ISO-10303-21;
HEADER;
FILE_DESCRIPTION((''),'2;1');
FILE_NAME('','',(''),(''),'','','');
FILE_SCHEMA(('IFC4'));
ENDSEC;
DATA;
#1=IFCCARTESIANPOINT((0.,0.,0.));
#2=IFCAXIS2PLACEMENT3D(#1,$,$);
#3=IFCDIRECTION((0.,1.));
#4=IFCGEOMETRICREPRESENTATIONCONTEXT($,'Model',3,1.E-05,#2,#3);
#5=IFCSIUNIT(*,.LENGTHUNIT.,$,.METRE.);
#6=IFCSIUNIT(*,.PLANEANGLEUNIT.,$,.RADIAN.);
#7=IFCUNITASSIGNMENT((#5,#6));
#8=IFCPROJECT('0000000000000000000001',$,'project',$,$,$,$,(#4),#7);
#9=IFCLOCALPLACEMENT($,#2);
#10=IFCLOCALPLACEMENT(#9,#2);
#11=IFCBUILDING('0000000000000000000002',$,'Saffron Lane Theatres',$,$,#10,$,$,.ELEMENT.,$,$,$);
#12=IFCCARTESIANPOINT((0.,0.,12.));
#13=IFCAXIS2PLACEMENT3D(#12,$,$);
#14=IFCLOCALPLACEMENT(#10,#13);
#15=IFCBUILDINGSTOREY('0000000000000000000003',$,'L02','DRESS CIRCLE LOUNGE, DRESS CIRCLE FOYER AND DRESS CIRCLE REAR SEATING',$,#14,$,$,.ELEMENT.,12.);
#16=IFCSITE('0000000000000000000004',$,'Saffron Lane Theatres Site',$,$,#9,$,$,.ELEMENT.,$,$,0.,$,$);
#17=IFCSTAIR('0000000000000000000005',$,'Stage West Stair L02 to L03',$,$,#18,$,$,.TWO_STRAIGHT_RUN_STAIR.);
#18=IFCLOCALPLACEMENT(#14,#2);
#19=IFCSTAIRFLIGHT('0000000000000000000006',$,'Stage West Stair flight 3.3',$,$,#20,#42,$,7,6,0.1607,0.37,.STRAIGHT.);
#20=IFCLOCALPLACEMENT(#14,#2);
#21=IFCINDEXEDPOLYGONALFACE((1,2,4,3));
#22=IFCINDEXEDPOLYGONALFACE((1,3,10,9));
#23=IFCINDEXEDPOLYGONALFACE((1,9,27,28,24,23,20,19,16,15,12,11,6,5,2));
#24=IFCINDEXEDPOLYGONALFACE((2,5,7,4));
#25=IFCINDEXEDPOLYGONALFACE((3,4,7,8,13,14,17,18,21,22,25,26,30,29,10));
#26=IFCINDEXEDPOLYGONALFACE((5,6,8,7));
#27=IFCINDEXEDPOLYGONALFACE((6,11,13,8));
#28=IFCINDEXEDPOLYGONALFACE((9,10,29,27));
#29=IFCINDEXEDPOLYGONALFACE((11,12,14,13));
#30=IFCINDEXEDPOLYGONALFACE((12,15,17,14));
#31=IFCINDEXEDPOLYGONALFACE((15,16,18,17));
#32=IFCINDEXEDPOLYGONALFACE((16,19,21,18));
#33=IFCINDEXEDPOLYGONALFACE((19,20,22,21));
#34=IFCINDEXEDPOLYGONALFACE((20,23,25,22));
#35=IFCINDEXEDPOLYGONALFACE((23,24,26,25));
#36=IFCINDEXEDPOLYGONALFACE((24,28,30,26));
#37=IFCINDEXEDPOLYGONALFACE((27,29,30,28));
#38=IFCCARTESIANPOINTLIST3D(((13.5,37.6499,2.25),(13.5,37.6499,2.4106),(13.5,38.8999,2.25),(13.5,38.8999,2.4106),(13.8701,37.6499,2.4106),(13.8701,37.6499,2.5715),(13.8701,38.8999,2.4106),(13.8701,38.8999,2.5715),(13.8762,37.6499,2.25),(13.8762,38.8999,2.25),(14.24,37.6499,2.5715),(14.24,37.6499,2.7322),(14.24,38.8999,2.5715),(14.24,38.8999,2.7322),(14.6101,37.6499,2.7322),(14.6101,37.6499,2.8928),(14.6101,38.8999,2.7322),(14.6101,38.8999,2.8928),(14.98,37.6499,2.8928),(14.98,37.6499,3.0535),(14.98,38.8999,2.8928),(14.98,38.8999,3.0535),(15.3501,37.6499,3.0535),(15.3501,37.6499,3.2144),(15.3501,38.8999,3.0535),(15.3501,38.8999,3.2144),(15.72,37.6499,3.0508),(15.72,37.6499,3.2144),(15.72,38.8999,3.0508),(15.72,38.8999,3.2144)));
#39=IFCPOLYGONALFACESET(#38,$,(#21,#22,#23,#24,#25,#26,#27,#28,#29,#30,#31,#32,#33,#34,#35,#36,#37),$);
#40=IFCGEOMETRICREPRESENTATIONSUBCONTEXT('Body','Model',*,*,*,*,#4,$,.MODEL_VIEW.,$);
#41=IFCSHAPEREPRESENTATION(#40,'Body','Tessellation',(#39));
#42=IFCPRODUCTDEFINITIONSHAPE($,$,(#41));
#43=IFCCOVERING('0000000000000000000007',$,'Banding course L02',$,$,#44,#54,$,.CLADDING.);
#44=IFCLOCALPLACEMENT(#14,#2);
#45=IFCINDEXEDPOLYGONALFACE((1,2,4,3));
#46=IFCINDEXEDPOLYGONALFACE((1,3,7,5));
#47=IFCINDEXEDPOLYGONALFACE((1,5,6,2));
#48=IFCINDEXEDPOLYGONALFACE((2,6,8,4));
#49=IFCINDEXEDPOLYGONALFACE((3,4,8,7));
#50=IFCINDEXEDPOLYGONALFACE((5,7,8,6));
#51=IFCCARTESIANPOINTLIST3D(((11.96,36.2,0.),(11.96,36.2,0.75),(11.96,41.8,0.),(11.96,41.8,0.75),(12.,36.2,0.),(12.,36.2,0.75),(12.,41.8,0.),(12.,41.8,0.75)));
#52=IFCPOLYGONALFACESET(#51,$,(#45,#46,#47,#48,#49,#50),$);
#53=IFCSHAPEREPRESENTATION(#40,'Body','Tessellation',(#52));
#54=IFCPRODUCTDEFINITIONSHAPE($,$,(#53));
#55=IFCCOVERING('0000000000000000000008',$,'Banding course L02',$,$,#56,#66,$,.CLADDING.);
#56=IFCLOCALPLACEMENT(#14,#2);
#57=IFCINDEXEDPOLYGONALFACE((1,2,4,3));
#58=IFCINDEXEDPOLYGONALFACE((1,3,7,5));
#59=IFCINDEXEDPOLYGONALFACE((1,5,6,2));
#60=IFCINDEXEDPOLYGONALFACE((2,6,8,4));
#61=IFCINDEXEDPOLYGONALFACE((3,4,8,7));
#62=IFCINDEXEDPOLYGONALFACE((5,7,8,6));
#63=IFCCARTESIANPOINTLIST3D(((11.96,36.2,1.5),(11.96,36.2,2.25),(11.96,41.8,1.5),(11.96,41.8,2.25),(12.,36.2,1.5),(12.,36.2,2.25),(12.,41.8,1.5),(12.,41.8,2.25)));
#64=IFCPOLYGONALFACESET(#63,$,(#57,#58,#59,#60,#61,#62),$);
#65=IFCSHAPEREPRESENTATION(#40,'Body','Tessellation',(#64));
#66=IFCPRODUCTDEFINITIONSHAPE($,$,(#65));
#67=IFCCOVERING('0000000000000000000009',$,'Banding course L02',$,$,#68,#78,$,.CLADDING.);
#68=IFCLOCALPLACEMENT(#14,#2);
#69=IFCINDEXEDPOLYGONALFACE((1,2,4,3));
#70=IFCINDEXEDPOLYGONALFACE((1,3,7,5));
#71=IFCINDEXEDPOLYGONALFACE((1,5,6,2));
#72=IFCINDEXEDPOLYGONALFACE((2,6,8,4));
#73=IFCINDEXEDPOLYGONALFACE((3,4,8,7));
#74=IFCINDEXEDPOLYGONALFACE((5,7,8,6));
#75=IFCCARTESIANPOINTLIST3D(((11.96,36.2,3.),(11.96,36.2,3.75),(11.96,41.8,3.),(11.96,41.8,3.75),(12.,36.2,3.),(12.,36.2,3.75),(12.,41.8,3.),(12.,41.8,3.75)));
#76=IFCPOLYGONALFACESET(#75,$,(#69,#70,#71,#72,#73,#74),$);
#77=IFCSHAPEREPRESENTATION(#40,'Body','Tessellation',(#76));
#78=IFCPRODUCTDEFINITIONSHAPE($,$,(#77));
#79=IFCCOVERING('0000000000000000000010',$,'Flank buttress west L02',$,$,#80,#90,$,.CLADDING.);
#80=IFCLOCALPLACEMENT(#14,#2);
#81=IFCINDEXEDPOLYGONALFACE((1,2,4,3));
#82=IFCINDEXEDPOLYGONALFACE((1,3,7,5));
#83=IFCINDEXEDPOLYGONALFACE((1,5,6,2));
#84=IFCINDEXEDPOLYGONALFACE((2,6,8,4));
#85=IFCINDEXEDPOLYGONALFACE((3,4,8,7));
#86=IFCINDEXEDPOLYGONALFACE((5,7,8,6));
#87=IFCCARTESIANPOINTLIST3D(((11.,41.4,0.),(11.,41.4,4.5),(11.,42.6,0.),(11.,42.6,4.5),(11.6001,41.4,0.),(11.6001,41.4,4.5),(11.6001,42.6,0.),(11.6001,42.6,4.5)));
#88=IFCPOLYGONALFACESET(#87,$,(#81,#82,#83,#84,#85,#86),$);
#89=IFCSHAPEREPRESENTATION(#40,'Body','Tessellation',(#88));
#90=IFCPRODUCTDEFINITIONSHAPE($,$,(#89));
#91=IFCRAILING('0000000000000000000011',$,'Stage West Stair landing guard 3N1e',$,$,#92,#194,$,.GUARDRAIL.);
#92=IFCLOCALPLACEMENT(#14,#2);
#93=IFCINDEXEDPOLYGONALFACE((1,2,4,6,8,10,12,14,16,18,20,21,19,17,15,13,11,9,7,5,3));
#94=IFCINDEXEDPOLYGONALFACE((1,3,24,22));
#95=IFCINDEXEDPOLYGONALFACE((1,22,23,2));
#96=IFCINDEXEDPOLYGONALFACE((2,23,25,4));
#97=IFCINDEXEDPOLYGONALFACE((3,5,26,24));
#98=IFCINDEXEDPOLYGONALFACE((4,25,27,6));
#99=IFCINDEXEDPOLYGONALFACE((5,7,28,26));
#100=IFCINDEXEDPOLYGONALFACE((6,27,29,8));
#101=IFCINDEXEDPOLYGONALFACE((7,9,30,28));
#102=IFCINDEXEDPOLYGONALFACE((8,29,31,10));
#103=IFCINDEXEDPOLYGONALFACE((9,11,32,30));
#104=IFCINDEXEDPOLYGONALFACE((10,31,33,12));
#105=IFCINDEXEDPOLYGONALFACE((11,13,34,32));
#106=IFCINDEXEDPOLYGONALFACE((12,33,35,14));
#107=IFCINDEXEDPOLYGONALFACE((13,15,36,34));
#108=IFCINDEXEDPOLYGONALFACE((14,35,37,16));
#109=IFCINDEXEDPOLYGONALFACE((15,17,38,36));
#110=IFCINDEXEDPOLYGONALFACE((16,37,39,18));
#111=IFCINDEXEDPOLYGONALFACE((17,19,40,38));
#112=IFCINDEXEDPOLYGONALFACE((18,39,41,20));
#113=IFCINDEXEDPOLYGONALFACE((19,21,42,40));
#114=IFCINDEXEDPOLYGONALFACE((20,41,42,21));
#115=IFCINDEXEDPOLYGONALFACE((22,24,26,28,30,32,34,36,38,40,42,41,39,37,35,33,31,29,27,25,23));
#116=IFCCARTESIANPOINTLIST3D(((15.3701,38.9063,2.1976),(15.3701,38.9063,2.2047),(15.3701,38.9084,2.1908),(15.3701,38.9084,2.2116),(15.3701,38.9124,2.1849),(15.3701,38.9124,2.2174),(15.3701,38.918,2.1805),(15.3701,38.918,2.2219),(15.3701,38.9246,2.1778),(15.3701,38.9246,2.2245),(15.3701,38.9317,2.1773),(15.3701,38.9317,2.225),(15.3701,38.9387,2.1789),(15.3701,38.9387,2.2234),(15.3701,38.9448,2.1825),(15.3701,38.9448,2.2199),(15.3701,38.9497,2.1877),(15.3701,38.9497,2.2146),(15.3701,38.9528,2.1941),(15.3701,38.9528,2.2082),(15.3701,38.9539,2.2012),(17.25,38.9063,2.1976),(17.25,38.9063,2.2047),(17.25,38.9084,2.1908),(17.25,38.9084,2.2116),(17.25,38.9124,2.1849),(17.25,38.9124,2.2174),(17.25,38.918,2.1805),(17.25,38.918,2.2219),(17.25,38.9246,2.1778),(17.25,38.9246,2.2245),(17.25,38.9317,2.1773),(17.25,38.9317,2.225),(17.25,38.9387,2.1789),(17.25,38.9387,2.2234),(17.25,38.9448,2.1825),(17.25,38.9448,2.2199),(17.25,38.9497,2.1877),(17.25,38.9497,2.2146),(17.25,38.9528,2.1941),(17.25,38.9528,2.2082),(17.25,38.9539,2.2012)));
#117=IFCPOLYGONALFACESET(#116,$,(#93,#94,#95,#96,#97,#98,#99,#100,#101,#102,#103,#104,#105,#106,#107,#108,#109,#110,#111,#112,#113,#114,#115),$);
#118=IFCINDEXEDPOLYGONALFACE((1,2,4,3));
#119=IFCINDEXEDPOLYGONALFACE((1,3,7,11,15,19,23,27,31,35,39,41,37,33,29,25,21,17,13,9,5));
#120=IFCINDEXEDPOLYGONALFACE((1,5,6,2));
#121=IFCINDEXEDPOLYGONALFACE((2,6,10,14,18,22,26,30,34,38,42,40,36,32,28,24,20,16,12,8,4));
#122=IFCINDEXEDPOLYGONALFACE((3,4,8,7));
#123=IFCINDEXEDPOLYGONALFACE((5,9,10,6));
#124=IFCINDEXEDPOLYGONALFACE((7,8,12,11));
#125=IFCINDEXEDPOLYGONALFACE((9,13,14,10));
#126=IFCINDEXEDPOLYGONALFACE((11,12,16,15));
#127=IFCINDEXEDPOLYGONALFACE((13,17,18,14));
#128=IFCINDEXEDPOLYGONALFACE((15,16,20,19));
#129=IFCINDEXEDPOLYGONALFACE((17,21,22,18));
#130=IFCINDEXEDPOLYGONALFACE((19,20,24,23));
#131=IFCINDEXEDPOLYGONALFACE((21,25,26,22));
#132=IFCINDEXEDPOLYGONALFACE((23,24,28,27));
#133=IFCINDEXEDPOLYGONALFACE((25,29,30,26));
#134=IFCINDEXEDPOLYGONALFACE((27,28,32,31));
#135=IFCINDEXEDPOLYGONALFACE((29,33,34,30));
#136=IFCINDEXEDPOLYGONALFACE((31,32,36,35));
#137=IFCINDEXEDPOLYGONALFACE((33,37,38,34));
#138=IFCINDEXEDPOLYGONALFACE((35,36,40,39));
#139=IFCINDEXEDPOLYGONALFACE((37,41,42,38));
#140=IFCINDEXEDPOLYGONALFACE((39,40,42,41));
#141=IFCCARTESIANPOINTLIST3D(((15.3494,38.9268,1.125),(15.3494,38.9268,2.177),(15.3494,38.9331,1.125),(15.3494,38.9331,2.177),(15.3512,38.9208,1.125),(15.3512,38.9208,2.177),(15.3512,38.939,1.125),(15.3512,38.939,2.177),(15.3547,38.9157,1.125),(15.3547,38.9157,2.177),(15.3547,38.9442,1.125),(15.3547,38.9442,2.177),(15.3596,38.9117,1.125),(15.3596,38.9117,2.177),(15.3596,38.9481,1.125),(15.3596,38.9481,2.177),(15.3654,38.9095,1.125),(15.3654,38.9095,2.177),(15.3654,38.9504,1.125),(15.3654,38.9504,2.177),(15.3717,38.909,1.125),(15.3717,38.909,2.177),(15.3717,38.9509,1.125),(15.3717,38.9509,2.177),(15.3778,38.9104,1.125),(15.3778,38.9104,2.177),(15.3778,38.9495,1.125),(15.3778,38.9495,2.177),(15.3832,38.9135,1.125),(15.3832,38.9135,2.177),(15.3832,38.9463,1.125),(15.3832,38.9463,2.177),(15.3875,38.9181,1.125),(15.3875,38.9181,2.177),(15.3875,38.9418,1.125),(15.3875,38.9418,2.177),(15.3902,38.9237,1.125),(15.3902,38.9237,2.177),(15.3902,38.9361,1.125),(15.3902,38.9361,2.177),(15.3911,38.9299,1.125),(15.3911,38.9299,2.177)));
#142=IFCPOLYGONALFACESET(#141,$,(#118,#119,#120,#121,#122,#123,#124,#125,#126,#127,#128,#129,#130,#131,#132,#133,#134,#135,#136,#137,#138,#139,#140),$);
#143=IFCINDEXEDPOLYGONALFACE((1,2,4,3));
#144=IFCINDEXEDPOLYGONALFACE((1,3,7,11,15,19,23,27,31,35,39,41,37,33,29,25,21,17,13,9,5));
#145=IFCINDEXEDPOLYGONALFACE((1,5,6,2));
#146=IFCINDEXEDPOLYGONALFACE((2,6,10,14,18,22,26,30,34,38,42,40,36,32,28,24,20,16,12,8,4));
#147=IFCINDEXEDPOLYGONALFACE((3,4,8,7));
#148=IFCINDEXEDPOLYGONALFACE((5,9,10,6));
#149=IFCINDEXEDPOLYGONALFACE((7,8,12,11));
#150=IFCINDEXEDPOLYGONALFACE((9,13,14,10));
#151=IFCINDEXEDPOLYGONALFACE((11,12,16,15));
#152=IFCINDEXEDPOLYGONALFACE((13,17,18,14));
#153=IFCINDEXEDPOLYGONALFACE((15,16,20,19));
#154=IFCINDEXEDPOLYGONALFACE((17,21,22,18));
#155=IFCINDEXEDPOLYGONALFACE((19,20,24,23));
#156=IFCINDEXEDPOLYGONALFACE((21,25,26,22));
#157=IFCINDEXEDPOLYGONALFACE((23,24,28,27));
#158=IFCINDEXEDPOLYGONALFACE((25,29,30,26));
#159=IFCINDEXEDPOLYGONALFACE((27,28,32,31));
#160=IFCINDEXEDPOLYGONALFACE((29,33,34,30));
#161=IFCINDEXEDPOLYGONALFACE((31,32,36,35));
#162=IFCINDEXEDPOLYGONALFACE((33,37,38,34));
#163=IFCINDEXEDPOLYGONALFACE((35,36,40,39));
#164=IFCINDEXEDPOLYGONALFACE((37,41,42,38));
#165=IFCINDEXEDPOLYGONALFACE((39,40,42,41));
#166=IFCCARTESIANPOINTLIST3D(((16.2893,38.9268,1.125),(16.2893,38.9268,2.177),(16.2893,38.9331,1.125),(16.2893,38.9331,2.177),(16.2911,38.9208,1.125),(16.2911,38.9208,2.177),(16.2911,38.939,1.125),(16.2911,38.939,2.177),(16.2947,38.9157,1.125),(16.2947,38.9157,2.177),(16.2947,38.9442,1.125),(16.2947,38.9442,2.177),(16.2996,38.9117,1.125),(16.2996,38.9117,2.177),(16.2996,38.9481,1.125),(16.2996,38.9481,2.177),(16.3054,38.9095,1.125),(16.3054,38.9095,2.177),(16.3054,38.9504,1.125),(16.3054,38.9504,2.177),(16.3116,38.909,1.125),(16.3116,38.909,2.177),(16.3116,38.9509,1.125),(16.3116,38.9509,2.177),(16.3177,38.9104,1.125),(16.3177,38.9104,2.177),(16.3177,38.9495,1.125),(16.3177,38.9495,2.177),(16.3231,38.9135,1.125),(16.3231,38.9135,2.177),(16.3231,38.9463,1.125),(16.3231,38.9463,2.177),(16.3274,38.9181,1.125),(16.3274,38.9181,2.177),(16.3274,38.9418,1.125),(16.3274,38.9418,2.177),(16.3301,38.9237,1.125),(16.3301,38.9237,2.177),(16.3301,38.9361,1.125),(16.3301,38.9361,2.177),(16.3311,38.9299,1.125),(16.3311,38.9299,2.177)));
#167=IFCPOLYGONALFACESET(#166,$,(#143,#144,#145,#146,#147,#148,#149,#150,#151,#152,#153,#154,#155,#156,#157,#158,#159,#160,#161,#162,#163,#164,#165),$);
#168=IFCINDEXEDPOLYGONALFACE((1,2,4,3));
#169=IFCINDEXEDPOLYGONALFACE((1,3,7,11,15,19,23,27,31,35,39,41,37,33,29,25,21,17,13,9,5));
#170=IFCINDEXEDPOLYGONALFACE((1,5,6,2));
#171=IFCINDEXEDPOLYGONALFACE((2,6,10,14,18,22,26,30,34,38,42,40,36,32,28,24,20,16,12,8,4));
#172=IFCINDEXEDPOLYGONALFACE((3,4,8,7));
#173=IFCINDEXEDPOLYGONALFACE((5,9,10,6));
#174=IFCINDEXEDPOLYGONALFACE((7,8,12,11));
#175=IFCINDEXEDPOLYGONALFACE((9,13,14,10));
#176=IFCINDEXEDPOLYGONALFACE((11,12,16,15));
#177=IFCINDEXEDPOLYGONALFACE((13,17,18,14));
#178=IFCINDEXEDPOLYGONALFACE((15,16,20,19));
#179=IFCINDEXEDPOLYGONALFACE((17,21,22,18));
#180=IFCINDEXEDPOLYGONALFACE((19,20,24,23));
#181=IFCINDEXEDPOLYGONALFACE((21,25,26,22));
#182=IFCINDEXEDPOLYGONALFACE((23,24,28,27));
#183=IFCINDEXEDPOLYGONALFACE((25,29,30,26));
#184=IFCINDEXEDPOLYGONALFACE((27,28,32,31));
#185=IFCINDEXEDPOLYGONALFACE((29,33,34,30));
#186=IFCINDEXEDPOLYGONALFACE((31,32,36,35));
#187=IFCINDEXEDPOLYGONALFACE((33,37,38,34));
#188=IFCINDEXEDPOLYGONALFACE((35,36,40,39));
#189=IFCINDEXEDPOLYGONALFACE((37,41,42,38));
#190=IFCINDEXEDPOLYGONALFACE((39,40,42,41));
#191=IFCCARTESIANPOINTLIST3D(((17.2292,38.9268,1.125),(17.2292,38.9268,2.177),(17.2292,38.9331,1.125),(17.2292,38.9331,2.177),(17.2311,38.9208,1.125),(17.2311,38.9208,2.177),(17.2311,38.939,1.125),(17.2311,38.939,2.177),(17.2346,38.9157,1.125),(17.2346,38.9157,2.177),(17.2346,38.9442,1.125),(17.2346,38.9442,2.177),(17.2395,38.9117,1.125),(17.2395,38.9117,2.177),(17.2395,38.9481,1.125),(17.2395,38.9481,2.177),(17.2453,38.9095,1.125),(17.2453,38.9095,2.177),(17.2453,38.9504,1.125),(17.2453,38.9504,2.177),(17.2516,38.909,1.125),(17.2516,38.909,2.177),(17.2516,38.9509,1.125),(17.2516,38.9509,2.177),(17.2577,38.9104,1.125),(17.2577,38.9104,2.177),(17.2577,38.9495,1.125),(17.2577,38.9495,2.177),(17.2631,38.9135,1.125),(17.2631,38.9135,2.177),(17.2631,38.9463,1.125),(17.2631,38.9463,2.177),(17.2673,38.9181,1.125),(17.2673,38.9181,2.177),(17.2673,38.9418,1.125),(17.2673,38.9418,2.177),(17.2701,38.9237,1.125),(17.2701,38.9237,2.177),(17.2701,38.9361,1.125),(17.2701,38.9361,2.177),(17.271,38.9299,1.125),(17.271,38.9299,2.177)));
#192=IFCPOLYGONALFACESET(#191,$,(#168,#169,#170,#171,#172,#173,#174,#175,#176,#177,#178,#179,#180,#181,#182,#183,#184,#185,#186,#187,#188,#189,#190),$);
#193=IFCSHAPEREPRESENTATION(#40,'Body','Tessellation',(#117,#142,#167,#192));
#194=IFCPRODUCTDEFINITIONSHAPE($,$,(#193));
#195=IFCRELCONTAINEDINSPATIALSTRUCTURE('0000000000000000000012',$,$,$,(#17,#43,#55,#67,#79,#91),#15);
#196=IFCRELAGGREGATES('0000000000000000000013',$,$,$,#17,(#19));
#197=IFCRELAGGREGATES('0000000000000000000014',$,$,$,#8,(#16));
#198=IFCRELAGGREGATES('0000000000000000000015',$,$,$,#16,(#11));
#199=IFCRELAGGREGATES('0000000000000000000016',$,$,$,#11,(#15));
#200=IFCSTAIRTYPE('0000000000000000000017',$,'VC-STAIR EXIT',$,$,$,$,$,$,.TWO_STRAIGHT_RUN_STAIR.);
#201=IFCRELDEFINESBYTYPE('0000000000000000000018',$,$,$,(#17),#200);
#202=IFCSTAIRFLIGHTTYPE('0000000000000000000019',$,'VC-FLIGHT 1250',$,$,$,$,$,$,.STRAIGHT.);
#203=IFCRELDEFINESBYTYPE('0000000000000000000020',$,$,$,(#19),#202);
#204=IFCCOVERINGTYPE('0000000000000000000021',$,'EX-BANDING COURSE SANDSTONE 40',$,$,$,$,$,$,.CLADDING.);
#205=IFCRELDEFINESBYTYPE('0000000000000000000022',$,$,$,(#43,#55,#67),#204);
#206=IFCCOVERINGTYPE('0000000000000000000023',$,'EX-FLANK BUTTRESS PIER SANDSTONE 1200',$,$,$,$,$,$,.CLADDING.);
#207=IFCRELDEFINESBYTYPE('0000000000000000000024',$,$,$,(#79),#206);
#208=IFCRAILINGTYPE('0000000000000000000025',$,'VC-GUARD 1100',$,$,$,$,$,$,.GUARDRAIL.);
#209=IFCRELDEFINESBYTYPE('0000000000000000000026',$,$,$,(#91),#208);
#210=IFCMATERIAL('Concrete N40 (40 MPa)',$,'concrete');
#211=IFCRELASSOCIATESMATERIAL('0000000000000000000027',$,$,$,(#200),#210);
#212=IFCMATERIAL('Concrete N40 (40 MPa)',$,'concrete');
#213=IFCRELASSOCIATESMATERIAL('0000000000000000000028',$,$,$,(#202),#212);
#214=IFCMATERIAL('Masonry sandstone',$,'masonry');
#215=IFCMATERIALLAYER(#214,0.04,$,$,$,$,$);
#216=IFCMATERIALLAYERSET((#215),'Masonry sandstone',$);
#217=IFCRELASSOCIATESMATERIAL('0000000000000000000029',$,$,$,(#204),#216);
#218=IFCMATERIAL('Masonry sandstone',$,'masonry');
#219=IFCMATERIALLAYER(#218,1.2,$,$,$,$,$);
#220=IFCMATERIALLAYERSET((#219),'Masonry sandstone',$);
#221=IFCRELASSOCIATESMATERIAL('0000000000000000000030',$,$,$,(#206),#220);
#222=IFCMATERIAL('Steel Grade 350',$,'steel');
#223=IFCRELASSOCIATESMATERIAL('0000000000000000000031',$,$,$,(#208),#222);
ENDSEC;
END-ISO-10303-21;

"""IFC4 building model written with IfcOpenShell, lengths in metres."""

from ifc_helpers import new_model, si_unit, direction, frame, origin, origin_2d, place, context, subcontext, project, spatial, polyline, rectangle, circle, outline, extrude, material, layer, layer_set, type_object, element, aggregate, save


model = new_model("IFC4")

# Units and contexts
model_context = context("Model", 3, precision=1e-05, world=origin(), true_north=direction((0.0, 1.0)))
body_context = subcontext(model_context, "Body", "Model", "MODEL_VIEW")
ifc_project = project(units=[si_unit("LENGTHUNIT", "METRE"), si_unit("PLANEANGLEUNIT", "RADIAN")], contexts=[model_context])

# Site, building, storey
site_placement = place(None, origin())
site = spatial("IfcSite", under=ifc_project, at=site_placement, Name="Saffron Lane Theatres Site", CompositionType="ELEMENT", RefElevation=0.0)
building_placement = place(site_placement, origin())
building = spatial("IfcBuilding", under=site, at=building_placement, Name="Saffron Lane Theatres", CompositionType="ELEMENT")
storey_placement = place(building_placement, frame((0.0, 0.0, 12.0)))
storey = spatial("IfcBuildingStorey", under=building, at=storey_placement, Name="L02", Description="DRESS CIRCLE LOUNGE, DRESS CIRCLE FOYER AND DRESS CIRCLE REAR SEATING", CompositionType="ELEMENT", Elevation=12.0)

# Stair, stair flight
ifc_material_1 = material(Name="Concrete N40 (40 MPa)", Category="concrete")
stair_type = type_object("IfcStairType", Name="VC-STAIR EXIT", PredefinedType="TWO_STRAIGHT_RUN_STAIR", material=ifc_material_1)
stair_placement = place(storey_placement, origin())
stair = element("IfcStair", 1, at=stair_placement, inside=storey, type_object=stair_type, Name="Stage West Stair L02 to L03", PredefinedType="TWO_STRAIGHT_RUN_STAIR")
ifc_material_2 = material(Name="Concrete N40 (40 MPa)", Category="concrete")
stair_flight_type = type_object("IfcStairFlightType", Name="VC-FLIGHT 1250", PredefinedType="STRAIGHT", material=ifc_material_2)
stair_flight_1_placement = place(storey_placement, frame((13.5, 38.2749, 2.25), z_axis=(0.0, 0.0, 1.0), x_axis=(1.0, 0.0, 0.0)))
stair_flight_1 = element("IfcStairFlight", 2, at=stair_flight_1_placement, type_object=stair_flight_type, Name="Stage West Stair flight 3.3", NumberOfRisers=7, NumberOfTreads=6, PredefinedType="STRAIGHT", RiserHeight=0.1607, TreadLength=0.37, context=body_context, shape_type="SweptSolid", body=[
    extrude(outline(polyline([(0.0, 0.0), (0.0, 0.1606), (0.3701, 0.1606), (0.3701, 0.3215), (0.74, 0.3215), (0.74, 0.4822), (1.1101, 0.4822), (1.1101, 0.6428), (1.48, 0.6428), (1.48, 0.8035), (1.8501, 0.8035), (1.8501, 0.9644), (2.22, 0.9644), (2.22, 1.125), (2.22, 0.8008), (0.3762, 0.0), (0.0, 0.0)])), frame((0.0, 0.625, 0.0), z_axis=(0.0, -1.0, 0.0), x_axis=(1.0, 0.0, 0.0)), (0.0, 0.0, 1.0), 1.25),
])
aggregate(stair, [stair_flight_1])

# Coverings
ifc_material_3 = material(Name="Masonry sandstone", Category="masonry")
ifc_layer_1 = layer(ifc_material_3, 0.04)
ifc_layer_set_1 = layer_set([ifc_layer_1], Name="Masonry sandstone")
covering_type_1 = type_object("IfcCoveringType", Name="EX-BANDING COURSE SANDSTONE 40", PredefinedType="CLADDING", material=ifc_layer_set_1)
for number, where, z_axis, x_axis, name in (
    (3, (11.98, 39.0, 0.0), (0.0, 0.0, 1.0), (0.0, 1.0, 0.0), "Banding course L02"),
    (4, (11.98, 39.0, 1.5), (0.0, 0.0, 1.0), (0.0, 1.0, 0.0), "Banding course L02"),
    (5, (11.98, 39.0, 3.0), (0.0, 0.0, 1.0), (0.0, 1.0, 0.0), "Banding course L02"),
):
    element("IfcCovering", number, at=place(storey_placement, frame(where, z_axis=z_axis, x_axis=x_axis)), inside=storey, type_object=covering_type_1, Name=name, PredefinedType="CLADDING", context=body_context, shape_type="SweptSolid", body=[
        extrude(rectangle(XDim=5.6001, YDim=0.04, at=origin_2d()), origin(), (0.0, 0.0, 1.0), 0.75),
    ])
ifc_material_4 = material(Name="Masonry sandstone", Category="masonry")
ifc_layer_2 = layer(ifc_material_4, 1.2)
ifc_layer_set_2 = layer_set([ifc_layer_2], Name="Masonry sandstone")
covering_type_2 = type_object("IfcCoveringType", Name="EX-FLANK BUTTRESS PIER SANDSTONE 1200", PredefinedType="CLADDING", material=ifc_layer_set_2)
covering_placement = place(storey_placement, frame((11.3, 42.0, 0.0), z_axis=(0.0, 0.0, 1.0), x_axis=(0.0, 1.0, 0.0)))
element("IfcCovering", 6, at=covering_placement, inside=storey, type_object=covering_type_2, Name="Flank buttress west L02", PredefinedType="CLADDING", context=body_context, shape_type="SweptSolid", body=[
    extrude(rectangle(XDim=1.2, YDim=0.6001, at=origin_2d()), origin(), (0.0, 0.0, 1.0), 4.5),
])

# Railing
ifc_material_5 = material(Name="Steel Grade 350", Category="steel")
railing_type_1 = type_object("IfcRailingType", Name="VC-GUARD 1100", PredefinedType="GUARDRAIL", material=ifc_material_5)
railing_1_placement = place(storey_placement, frame((15.3701, 38.9299, 1.125)))
element("IfcRailing", 7, at=railing_1_placement, inside=storey, type_object=railing_type_1, Name="Stage West Stair landing guard 3N1e", PredefinedType="GUARDRAIL", context=body_context, shape_type="SweptSolid", body=[
    extrude(circle(Radius=0.0239, at=origin_2d()), frame((0.0, 0.0, 1.0762), z_axis=(1.0, 0.0, 0.0), x_axis=(0.0, 1.0, 0.0)), (0.0, 0.0, 1.0), 1.8799),
    extrude(circle(Radius=0.021, at=origin_2d()), origin(), (0.0, 0.0, 1.0), 1.052),
    extrude(circle(Radius=0.021, at=origin_2d()), frame((0.9399, 0.0, 0.0)), (0.0, 0.0, 1.0), 1.052),
    extrude(circle(Radius=0.021, at=origin_2d()), frame((1.8799, 0.0, 0.0)), (0.0, 0.0, 1.0), 1.052),
])

save(model, "model.ifc")
